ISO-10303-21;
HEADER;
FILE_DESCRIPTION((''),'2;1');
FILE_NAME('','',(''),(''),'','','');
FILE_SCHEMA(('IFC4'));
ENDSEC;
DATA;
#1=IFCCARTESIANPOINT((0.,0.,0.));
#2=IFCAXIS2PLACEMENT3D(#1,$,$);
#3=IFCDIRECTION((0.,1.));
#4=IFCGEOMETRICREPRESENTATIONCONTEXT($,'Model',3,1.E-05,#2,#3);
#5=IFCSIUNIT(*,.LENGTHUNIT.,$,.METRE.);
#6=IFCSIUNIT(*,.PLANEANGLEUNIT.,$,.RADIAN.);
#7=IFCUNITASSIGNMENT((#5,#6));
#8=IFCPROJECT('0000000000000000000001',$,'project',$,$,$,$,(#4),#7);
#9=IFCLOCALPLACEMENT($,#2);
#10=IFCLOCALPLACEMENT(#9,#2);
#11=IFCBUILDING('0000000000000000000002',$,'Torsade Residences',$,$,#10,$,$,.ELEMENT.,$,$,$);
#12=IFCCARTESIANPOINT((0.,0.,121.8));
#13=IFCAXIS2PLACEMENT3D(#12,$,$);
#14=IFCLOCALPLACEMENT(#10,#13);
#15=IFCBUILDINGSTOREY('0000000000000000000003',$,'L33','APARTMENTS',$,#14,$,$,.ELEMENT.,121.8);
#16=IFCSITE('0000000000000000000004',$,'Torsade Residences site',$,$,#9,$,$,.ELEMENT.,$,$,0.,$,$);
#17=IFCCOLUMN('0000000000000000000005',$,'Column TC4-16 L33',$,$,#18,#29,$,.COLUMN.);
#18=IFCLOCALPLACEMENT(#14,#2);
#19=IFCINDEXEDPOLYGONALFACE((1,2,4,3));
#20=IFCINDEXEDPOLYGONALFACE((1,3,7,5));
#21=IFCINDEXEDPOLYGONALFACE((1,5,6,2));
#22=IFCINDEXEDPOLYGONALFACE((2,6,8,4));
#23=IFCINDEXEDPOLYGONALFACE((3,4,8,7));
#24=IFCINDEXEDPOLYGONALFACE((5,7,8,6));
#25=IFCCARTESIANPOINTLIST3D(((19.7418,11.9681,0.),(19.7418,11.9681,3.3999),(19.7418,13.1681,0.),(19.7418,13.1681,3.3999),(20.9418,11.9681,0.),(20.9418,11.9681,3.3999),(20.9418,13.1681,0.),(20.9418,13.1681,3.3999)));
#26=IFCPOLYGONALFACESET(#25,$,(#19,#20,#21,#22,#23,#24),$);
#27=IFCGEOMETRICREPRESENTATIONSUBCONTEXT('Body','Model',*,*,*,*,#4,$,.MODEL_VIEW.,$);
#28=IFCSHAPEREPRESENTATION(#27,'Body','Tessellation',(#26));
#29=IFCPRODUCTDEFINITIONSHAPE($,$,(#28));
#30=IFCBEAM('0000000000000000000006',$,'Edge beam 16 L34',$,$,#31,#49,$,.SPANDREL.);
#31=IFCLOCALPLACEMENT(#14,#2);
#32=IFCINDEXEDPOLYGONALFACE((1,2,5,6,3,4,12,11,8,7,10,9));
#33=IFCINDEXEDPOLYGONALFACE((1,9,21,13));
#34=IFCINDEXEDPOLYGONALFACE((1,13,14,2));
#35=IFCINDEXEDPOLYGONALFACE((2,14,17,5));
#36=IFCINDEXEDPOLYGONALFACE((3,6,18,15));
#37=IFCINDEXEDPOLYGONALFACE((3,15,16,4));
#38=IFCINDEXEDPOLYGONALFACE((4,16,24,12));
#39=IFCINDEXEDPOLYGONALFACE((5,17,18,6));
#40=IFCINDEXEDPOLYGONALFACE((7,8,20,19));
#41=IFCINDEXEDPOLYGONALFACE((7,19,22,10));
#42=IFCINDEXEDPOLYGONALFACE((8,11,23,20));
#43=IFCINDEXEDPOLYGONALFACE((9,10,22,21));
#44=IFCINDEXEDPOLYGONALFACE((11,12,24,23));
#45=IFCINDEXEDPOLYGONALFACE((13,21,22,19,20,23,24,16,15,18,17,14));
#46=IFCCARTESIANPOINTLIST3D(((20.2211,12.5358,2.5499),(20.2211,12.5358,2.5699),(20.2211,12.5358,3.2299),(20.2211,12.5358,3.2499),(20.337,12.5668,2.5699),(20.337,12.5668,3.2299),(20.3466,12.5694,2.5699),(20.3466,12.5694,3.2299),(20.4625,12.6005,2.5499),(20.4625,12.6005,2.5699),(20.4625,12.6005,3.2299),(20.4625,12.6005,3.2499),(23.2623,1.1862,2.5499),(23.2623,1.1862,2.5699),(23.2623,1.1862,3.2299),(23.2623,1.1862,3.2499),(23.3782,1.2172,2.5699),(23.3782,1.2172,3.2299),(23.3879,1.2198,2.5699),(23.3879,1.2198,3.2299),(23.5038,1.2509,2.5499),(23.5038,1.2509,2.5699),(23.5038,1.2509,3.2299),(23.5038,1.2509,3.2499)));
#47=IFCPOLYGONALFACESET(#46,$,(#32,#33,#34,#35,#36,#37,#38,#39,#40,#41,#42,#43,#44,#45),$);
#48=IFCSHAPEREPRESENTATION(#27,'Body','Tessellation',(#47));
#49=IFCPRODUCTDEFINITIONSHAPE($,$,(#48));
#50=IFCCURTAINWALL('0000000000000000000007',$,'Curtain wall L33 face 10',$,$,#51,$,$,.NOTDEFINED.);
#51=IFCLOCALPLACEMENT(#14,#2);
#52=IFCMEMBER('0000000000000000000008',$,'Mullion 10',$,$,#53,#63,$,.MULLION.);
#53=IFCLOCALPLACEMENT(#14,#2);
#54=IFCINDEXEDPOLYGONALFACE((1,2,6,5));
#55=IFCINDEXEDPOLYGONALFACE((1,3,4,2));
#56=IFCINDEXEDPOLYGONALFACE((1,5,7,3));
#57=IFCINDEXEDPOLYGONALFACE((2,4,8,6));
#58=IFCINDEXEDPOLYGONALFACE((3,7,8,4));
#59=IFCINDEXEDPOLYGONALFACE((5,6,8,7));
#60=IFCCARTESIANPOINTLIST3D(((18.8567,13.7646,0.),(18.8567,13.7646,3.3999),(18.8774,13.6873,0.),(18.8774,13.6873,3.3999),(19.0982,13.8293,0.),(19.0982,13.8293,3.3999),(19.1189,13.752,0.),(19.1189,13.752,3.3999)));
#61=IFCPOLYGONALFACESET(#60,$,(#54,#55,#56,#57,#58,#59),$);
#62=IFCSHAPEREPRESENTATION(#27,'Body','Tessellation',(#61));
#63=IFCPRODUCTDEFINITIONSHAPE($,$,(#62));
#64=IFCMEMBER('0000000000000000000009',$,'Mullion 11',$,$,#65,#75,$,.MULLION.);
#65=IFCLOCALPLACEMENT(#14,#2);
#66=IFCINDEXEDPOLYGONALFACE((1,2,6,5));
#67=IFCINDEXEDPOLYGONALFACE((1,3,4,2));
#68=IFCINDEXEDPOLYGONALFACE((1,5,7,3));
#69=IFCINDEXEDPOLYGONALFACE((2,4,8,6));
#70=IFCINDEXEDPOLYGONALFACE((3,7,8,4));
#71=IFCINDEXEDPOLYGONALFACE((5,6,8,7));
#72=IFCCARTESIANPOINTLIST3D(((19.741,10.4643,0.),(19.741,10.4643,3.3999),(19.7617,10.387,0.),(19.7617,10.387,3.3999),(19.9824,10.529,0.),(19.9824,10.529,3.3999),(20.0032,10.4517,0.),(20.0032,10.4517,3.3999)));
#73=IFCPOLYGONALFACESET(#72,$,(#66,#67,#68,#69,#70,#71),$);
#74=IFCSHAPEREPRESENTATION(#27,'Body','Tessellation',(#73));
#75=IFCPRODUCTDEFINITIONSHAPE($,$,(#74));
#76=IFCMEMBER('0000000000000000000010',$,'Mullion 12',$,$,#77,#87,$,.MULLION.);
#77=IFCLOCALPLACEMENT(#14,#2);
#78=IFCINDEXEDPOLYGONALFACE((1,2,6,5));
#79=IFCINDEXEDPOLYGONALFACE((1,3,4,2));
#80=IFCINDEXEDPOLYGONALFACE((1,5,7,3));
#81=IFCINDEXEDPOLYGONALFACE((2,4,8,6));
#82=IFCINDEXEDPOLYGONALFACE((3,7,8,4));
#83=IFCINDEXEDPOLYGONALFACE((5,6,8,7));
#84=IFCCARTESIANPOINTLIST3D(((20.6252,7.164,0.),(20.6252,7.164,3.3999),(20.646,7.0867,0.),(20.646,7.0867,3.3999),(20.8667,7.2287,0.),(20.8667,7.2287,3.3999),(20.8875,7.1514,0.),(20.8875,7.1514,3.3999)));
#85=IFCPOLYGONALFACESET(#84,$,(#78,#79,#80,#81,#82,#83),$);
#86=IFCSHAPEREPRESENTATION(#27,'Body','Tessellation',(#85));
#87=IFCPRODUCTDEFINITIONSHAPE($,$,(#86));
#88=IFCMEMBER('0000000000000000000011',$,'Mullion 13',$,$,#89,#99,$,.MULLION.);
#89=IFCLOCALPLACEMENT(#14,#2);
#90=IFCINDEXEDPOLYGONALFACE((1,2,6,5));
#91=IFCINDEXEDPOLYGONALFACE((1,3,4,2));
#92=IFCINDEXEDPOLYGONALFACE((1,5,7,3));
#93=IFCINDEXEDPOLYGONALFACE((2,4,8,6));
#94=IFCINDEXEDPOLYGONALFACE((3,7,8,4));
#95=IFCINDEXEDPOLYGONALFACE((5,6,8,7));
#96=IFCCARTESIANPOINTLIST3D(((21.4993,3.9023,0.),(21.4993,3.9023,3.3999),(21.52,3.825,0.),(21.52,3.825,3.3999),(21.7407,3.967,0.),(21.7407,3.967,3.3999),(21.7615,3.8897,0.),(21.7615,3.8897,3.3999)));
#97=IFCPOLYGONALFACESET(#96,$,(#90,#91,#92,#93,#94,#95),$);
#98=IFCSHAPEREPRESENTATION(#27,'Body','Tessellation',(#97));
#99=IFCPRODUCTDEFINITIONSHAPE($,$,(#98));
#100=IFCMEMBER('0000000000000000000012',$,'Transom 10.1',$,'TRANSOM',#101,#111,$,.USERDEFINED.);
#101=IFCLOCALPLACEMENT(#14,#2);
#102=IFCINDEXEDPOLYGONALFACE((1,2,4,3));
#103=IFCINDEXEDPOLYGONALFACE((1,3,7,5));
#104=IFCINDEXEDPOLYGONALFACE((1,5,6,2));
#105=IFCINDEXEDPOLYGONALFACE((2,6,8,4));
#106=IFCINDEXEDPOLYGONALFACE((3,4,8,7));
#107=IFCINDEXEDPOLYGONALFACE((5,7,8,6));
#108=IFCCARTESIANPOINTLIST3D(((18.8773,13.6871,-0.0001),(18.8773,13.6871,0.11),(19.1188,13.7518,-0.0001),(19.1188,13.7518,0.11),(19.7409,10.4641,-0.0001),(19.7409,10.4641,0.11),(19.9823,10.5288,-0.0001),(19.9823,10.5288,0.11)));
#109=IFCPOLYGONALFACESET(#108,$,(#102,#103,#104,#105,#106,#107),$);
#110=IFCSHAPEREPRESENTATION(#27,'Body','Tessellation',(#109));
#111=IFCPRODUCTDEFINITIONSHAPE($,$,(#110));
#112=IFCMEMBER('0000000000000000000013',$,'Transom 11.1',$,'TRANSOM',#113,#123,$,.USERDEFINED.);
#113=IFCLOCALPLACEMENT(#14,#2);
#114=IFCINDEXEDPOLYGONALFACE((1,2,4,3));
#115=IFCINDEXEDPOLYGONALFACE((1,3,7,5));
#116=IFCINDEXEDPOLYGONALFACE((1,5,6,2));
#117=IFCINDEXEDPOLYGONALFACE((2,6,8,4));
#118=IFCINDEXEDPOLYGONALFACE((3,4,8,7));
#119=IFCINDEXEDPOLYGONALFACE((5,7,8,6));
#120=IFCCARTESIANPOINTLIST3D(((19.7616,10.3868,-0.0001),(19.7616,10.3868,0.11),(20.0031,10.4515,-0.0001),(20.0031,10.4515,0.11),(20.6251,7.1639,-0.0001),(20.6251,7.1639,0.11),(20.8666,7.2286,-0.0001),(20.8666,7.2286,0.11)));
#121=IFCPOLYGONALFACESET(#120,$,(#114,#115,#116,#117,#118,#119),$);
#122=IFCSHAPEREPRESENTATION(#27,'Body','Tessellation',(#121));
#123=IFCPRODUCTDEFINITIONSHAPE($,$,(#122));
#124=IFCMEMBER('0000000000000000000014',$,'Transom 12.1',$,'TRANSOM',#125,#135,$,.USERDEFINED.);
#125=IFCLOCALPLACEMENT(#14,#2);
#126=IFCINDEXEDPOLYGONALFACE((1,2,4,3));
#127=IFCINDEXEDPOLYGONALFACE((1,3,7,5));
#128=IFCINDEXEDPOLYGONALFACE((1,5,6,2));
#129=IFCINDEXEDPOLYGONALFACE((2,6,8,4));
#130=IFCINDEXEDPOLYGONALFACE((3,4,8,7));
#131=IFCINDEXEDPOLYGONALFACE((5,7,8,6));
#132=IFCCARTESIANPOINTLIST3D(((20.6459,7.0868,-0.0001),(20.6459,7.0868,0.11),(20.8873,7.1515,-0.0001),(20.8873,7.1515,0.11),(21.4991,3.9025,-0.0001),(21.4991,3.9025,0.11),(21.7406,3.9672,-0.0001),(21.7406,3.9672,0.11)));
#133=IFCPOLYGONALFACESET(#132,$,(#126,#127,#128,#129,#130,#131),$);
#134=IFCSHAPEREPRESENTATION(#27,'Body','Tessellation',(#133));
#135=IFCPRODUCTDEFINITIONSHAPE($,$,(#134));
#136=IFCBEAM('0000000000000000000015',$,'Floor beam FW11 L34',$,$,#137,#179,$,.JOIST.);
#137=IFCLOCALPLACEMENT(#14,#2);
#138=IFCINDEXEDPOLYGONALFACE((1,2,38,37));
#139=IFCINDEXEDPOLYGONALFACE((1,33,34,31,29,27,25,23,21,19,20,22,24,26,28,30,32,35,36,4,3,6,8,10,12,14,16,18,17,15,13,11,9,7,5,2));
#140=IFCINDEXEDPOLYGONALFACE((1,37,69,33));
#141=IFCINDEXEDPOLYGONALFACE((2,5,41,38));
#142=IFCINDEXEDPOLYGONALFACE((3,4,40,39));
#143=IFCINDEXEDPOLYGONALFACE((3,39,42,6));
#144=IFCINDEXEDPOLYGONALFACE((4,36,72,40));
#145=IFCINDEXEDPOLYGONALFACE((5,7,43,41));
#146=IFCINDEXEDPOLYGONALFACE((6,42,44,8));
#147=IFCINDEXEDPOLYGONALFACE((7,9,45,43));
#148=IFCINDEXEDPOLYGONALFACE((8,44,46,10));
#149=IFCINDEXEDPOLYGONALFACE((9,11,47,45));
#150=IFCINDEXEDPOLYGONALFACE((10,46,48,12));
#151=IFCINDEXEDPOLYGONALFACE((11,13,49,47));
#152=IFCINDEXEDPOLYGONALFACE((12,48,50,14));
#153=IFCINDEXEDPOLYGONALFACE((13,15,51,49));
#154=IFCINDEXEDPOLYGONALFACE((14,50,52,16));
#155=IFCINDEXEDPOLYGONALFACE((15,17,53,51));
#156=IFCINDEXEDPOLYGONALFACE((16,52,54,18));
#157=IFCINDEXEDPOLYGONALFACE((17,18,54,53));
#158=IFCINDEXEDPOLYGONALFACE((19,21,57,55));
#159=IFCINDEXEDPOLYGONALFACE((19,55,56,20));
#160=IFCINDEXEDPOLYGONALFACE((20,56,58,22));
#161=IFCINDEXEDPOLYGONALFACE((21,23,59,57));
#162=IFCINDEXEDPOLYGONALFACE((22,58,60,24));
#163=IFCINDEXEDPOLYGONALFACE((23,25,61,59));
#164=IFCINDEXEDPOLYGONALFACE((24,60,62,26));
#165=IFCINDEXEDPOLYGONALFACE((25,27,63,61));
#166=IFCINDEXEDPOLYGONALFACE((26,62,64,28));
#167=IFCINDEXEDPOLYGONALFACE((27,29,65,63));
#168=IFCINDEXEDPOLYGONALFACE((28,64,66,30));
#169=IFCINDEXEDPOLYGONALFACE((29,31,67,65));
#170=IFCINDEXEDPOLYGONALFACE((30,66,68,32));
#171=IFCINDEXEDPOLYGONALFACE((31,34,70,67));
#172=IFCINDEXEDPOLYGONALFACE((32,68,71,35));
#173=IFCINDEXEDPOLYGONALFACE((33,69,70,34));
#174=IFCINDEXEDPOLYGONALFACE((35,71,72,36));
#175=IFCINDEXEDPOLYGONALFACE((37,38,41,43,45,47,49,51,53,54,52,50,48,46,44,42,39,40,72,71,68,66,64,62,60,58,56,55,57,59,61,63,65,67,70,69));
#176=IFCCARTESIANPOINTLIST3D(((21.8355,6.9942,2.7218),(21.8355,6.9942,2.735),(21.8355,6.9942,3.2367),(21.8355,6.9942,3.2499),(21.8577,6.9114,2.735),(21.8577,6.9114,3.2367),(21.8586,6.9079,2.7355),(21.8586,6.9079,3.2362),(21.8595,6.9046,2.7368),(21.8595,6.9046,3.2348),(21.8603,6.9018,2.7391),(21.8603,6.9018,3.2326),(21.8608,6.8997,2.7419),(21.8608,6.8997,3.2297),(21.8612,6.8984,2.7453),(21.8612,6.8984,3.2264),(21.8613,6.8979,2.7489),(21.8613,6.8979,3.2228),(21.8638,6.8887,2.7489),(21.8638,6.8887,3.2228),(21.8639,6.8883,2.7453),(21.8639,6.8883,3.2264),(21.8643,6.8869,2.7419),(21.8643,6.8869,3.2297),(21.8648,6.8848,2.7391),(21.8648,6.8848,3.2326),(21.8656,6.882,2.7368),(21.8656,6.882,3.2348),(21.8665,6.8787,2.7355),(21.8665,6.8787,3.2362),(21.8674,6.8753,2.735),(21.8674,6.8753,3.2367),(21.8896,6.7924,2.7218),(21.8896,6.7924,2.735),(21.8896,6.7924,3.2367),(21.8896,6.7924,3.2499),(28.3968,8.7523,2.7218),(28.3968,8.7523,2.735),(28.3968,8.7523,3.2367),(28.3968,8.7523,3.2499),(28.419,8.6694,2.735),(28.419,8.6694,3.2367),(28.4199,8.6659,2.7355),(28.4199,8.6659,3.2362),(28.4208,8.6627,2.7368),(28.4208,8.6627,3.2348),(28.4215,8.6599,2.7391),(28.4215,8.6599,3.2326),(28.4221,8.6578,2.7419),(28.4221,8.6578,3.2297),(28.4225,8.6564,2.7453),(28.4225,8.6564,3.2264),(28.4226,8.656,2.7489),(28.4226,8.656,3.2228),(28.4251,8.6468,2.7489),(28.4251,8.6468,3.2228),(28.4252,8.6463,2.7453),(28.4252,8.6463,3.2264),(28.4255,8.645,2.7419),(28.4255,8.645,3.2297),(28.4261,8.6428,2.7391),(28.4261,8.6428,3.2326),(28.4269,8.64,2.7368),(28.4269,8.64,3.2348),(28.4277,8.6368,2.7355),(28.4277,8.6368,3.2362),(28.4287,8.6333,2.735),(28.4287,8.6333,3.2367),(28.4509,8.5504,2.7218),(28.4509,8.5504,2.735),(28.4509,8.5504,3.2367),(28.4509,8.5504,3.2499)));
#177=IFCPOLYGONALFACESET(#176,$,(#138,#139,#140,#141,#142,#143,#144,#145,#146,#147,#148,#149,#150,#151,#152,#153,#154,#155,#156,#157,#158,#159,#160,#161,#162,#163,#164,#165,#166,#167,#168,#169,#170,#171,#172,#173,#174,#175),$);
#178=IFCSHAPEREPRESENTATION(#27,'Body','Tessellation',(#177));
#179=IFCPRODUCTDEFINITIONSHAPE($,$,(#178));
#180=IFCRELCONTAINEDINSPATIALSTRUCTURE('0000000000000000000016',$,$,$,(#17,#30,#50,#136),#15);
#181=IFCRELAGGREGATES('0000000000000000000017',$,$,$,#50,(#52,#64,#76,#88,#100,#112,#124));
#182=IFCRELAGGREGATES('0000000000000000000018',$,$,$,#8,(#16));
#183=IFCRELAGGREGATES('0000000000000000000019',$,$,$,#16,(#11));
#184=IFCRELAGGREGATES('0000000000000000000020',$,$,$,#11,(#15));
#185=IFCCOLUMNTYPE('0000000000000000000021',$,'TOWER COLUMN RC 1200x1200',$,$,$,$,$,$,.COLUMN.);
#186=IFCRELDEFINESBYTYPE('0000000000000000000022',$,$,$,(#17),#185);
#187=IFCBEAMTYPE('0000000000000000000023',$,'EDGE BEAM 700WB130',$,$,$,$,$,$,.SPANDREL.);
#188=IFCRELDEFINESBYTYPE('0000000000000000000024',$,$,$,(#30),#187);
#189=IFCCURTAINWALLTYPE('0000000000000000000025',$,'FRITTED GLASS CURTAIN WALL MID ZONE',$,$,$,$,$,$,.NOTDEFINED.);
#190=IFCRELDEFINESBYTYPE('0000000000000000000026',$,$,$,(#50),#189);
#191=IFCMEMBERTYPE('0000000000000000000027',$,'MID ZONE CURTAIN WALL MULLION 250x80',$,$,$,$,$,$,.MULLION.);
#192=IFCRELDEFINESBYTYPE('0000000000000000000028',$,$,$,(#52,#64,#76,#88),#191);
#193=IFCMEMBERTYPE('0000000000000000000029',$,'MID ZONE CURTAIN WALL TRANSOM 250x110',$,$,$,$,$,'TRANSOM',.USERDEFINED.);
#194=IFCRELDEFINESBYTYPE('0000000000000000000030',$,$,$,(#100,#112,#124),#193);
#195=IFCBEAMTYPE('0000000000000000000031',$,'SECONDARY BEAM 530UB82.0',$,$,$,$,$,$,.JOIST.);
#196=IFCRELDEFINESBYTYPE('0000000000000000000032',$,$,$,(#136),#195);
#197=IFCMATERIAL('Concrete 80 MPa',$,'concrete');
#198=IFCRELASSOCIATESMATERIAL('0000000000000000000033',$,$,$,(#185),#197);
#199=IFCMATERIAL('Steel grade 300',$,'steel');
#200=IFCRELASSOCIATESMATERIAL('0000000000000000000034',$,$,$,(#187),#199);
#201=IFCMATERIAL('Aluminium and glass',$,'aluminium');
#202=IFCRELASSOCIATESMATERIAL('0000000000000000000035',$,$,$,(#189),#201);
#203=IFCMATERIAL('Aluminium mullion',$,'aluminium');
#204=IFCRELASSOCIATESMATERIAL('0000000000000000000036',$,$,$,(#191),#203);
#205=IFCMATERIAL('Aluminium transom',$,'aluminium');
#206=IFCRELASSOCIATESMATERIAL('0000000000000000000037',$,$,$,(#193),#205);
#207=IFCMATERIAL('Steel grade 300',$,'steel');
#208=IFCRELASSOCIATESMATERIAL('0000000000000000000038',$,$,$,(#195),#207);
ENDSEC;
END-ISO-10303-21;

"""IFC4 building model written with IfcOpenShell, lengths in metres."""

from ifc_helpers import new_model, si_unit, direction, frame, origin, origin_2d, place, context, subcontext, project, spatial, rectangle, i_section, extrude, material, material_profile, profile_set, type_object, element, aggregate, save


model = new_model("IFC4")

# Units and contexts
model_context = context("Model", 3, precision=1e-05, world=origin(), true_north=direction((0.0, 1.0)))
body_context = subcontext(model_context, "Body", "Model", "MODEL_VIEW")
ifc_project = project(units=[si_unit("LENGTHUNIT", "METRE"), si_unit("PLANEANGLEUNIT", "RADIAN")], contexts=[model_context])

# Site, building, storey
site_placement = place(None, origin())
site = spatial("IfcSite", under=ifc_project, at=site_placement, Name="Torsade Residences site", CompositionType="ELEMENT", RefElevation=0.0)
building_placement = place(site_placement, origin())
building = spatial("IfcBuilding", under=site, at=building_placement, Name="Torsade Residences", CompositionType="ELEMENT")
storey_placement = place(building_placement, frame((0.0, 0.0, 121.8)))
storey = spatial("IfcBuildingStorey", under=building, at=storey_placement, Name="L33", Description="APARTMENTS", CompositionType="ELEMENT", Elevation=121.8)

# Column
ifc_material_1 = material(Name="Concrete 80 MPa", Category="concrete")
ifc_material_profile_1 = material_profile(ifc_material_1, rectangle(XDim=1.2, YDim=1.2, at=origin_2d()), Name="RC 1200x1200")
ifc_profile_set_1 = profile_set([ifc_material_profile_1], Name="Concrete 80 MPa")
column_type = type_object("IfcColumnType", Name="TOWER COLUMN RC 1200x1200", PredefinedType="COLUMN", material=ifc_profile_set_1)
column_placement = place(storey_placement, frame((20.3418, 12.5681, 0.0), z_axis=(0.0, 0.0, 1.0), x_axis=(1.0, 0.0, 0.0)))
element("IfcColumn", 1, at=column_placement, inside=storey, type_object=column_type, Name="Column TC4-16 L33", PredefinedType="COLUMN", context=body_context, shape_type="SweptSolid", body=[
    extrude(rectangle(XDim=1.2, YDim=1.2, at=origin_2d()), origin(), (0.0, 0.0, 1.0), 3.3999),
])

# Beam
ifc_material_2 = material(Name="Steel grade 300", Category="steel")
ifc_material_profile_2 = material_profile(ifc_material_2, i_section(OverallWidth=0.25, OverallDepth=0.7, WebThickness=0.01, FlangeThickness=0.02, at=origin_2d()), Name="700WB130")
ifc_profile_set_2 = profile_set([ifc_material_profile_2], Name="Steel grade 300")
beam_type_1 = type_object("IfcBeamType", Name="EDGE BEAM 700WB130", PredefinedType="SPANDREL", material=ifc_profile_set_2)
beam_1_placement = place(storey_placement, frame((20.3418, 12.5681, 2.8999), z_axis=(0.25883, -0.965923, 0.0), x_axis=(0.965923, 0.25883, 0.0)))
element("IfcBeam", 2, at=beam_1_placement, inside=storey, type_object=beam_type_1, Name="Edge beam 16 L34", PredefinedType="SPANDREL", context=body_context, shape_type="SweptSolid", body=[
    extrude(i_section(OverallWidth=0.25, OverallDepth=0.7, WebThickness=0.01, FlangeThickness=0.02, at=origin_2d()), origin(), (0.0, 0.0, 1.0), 11.75),
])

# Curtain wall, members
ifc_material_3 = material(Name="Aluminium and glass", Category="aluminium")
curtain_wall_type = type_object("IfcCurtainWallType", Name="FRITTED GLASS CURTAIN WALL MID ZONE", PredefinedType="NOTDEFINED", material=ifc_material_3)
curtain_wall_placement = place(storey_placement, origin())
curtain_wall = element("IfcCurtainWall", 3, at=curtain_wall_placement, inside=storey, type_object=curtain_wall_type, Name="Curtain wall L33 face 10", PredefinedType="NOTDEFINED")
ifc_material_4 = material(Name="Aluminium mullion", Category="aluminium")
ifc_material_profile_3 = material_profile(ifc_material_4, rectangle(XDim=0.25, YDim=0.0801, at=origin_2d()), Name="MID ZONE CURTAIN WALL MULLION 250x80")
ifc_profile_set_3 = profile_set([ifc_material_profile_3], Name="Aluminium mullion")
member_type_1 = type_object("IfcMemberType", Name="MID ZONE CURTAIN WALL MULLION 250x80", PredefinedType="MULLION", material=ifc_profile_set_3)
member_1_placement = place(storey_placement, frame((18.9878, 13.7583, 0.0), z_axis=(0.0, 0.0, 1.0), x_axis=(0.965926, 0.258819, 0.0)))
member_1 = element("IfcMember", 4, at=member_1_placement, type_object=member_type_1, Name="Mullion 10", PredefinedType="MULLION", context=body_context, shape_type="SweptSolid", body=[
    extrude(rectangle(XDim=0.25, YDim=0.0801, at=origin_2d()), origin(), (0.0, 0.0, 1.0), 3.3999),
])
member_2_placement = place(storey_placement, frame((19.8721, 10.458, 0.0), z_axis=(0.0, 0.0, 1.0), x_axis=(0.965926, 0.258819, 0.0)))
member_2 = element("IfcMember", 5, at=member_2_placement, type_object=member_type_1, Name="Mullion 11", PredefinedType="MULLION", context=body_context, shape_type="SweptSolid", body=[
    extrude(rectangle(XDim=0.25, YDim=0.0801, at=origin_2d()), origin(), (0.0, 0.0, 1.0), 3.3999),
])
member_3_placement = place(storey_placement, frame((20.7563, 7.1577, 0.0), z_axis=(0.0, 0.0, 1.0), x_axis=(0.965926, 0.258819, 0.0)))
member_3 = element("IfcMember", 6, at=member_3_placement, type_object=member_type_1, Name="Mullion 12", PredefinedType="MULLION", context=body_context, shape_type="SweptSolid", body=[
    extrude(rectangle(XDim=0.25, YDim=0.0801, at=origin_2d()), origin(), (0.0, 0.0, 1.0), 3.3999),
])
member_4_placement = place(storey_placement, frame((21.6304, 3.896, 0.0), z_axis=(0.0, 0.0, 1.0), x_axis=(0.965926, 0.258819, 0.0)))
member_4 = element("IfcMember", 7, at=member_4_placement, type_object=member_type_1, Name="Mullion 13", PredefinedType="MULLION", context=body_context, shape_type="SweptSolid", body=[
    extrude(rectangle(XDim=0.25, YDim=0.0801, at=origin_2d()), origin(), (0.0, 0.0, 1.0), 3.3999),
])
ifc_material_5 = material(Name="Aluminium transom", Category="aluminium")
ifc_material_profile_4 = material_profile(ifc_material_5, rectangle(XDim=0.25, YDim=0.1101, at=origin_2d()), Name="MID ZONE CURTAIN WALL TRANSOM 250x110")
ifc_profile_set_4 = profile_set([ifc_material_profile_4], Name="Aluminium transom")
member_type_2 = type_object("IfcMemberType", Name="MID ZONE CURTAIN WALL TRANSOM 250x110", ElementType="TRANSOM", PredefinedType="USERDEFINED", material=ifc_profile_set_4)
member_5_placement = place(storey_placement, frame((18.998, 13.7195, 0.0549), z_axis=(0.258806, -0.965929, 0.0), x_axis=(0.965929, 0.258806, 0.0)))
member_5 = element("IfcMember", 8, at=member_5_placement, type_object=member_type_2, Name="Transom 10.1", ObjectType="TRANSOM", PredefinedType="USERDEFINED", context=body_context, shape_type="SweptSolid", body=[
    extrude(rectangle(XDim=0.25, YDim=0.1101, at=origin_2d()), origin(), (0.0, 0.0, 1.0), 3.3367),
])
member_6_placement = place(storey_placement, frame((19.8823, 10.4192, 0.0549), z_axis=(0.258806, -0.965929, 0.0), x_axis=(0.965929, 0.258806, 0.0)))
member_6 = element("IfcMember", 9, at=member_6_placement, type_object=member_type_2, Name="Transom 11.1", ObjectType="TRANSOM", PredefinedType="USERDEFINED", context=body_context, shape_type="SweptSolid", body=[
    extrude(rectangle(XDim=0.25, YDim=0.1101, at=origin_2d()), origin(), (0.0, 0.0, 1.0), 3.3367),
])
member_7_placement = place(storey_placement, frame((20.7666, 7.1191, 0.0549), z_axis=(0.258829, -0.965923, 0.0), x_axis=(0.965923, 0.258829, 0.0)))
member_7 = element("IfcMember", 10, at=member_7_placement, type_object=member_type_2, Name="Transom 12.1", ObjectType="TRANSOM", PredefinedType="USERDEFINED", context=body_context, shape_type="SweptSolid", body=[
    extrude(rectangle(XDim=0.25, YDim=0.1101, at=origin_2d()), origin(), (0.0, 0.0, 1.0), 3.2966),
])

# Beam
ifc_material_6 = material(Name="Steel grade 300", Category="steel")
ifc_material_profile_5 = material_profile(ifc_material_6, i_section(OverallWidth=0.209, OverallDepth=0.5281, WebThickness=0.0095, FlangeThickness=0.0132, FilletRadius=0.0139, at=origin_2d()), Name="530UB82.0")
ifc_profile_set_5 = profile_set([ifc_material_profile_5], Name="Steel grade 300")
beam_type_2 = type_object("IfcBeamType", Name="SECONDARY BEAM 530UB82.0", PredefinedType="JOIST", material=ifc_profile_set_5)
beam_2_placement = place(storey_placement, frame((21.8625, 6.8933, 2.9858), z_axis=(0.965927, 0.258815, 0.0), x_axis=(-0.258815, 0.965927, 0.0)))
element("IfcBeam", 11, at=beam_2_placement, inside=storey, type_object=beam_type_2, Name="Floor beam FW11 L34", PredefinedType="JOIST", context=body_context, shape_type="SweptSolid", body=[
    extrude(i_section(OverallWidth=0.209, OverallDepth=0.5281, WebThickness=0.0095, FlangeThickness=0.0132, FilletRadius=0.0139, at=origin_2d()), origin(), (0.0, 0.0, 1.0), 6.7927),
])

aggregate(curtain_wall, [member_1, member_2, member_3, member_4, member_5, member_6, member_7])

save(model, "model.ifc")
